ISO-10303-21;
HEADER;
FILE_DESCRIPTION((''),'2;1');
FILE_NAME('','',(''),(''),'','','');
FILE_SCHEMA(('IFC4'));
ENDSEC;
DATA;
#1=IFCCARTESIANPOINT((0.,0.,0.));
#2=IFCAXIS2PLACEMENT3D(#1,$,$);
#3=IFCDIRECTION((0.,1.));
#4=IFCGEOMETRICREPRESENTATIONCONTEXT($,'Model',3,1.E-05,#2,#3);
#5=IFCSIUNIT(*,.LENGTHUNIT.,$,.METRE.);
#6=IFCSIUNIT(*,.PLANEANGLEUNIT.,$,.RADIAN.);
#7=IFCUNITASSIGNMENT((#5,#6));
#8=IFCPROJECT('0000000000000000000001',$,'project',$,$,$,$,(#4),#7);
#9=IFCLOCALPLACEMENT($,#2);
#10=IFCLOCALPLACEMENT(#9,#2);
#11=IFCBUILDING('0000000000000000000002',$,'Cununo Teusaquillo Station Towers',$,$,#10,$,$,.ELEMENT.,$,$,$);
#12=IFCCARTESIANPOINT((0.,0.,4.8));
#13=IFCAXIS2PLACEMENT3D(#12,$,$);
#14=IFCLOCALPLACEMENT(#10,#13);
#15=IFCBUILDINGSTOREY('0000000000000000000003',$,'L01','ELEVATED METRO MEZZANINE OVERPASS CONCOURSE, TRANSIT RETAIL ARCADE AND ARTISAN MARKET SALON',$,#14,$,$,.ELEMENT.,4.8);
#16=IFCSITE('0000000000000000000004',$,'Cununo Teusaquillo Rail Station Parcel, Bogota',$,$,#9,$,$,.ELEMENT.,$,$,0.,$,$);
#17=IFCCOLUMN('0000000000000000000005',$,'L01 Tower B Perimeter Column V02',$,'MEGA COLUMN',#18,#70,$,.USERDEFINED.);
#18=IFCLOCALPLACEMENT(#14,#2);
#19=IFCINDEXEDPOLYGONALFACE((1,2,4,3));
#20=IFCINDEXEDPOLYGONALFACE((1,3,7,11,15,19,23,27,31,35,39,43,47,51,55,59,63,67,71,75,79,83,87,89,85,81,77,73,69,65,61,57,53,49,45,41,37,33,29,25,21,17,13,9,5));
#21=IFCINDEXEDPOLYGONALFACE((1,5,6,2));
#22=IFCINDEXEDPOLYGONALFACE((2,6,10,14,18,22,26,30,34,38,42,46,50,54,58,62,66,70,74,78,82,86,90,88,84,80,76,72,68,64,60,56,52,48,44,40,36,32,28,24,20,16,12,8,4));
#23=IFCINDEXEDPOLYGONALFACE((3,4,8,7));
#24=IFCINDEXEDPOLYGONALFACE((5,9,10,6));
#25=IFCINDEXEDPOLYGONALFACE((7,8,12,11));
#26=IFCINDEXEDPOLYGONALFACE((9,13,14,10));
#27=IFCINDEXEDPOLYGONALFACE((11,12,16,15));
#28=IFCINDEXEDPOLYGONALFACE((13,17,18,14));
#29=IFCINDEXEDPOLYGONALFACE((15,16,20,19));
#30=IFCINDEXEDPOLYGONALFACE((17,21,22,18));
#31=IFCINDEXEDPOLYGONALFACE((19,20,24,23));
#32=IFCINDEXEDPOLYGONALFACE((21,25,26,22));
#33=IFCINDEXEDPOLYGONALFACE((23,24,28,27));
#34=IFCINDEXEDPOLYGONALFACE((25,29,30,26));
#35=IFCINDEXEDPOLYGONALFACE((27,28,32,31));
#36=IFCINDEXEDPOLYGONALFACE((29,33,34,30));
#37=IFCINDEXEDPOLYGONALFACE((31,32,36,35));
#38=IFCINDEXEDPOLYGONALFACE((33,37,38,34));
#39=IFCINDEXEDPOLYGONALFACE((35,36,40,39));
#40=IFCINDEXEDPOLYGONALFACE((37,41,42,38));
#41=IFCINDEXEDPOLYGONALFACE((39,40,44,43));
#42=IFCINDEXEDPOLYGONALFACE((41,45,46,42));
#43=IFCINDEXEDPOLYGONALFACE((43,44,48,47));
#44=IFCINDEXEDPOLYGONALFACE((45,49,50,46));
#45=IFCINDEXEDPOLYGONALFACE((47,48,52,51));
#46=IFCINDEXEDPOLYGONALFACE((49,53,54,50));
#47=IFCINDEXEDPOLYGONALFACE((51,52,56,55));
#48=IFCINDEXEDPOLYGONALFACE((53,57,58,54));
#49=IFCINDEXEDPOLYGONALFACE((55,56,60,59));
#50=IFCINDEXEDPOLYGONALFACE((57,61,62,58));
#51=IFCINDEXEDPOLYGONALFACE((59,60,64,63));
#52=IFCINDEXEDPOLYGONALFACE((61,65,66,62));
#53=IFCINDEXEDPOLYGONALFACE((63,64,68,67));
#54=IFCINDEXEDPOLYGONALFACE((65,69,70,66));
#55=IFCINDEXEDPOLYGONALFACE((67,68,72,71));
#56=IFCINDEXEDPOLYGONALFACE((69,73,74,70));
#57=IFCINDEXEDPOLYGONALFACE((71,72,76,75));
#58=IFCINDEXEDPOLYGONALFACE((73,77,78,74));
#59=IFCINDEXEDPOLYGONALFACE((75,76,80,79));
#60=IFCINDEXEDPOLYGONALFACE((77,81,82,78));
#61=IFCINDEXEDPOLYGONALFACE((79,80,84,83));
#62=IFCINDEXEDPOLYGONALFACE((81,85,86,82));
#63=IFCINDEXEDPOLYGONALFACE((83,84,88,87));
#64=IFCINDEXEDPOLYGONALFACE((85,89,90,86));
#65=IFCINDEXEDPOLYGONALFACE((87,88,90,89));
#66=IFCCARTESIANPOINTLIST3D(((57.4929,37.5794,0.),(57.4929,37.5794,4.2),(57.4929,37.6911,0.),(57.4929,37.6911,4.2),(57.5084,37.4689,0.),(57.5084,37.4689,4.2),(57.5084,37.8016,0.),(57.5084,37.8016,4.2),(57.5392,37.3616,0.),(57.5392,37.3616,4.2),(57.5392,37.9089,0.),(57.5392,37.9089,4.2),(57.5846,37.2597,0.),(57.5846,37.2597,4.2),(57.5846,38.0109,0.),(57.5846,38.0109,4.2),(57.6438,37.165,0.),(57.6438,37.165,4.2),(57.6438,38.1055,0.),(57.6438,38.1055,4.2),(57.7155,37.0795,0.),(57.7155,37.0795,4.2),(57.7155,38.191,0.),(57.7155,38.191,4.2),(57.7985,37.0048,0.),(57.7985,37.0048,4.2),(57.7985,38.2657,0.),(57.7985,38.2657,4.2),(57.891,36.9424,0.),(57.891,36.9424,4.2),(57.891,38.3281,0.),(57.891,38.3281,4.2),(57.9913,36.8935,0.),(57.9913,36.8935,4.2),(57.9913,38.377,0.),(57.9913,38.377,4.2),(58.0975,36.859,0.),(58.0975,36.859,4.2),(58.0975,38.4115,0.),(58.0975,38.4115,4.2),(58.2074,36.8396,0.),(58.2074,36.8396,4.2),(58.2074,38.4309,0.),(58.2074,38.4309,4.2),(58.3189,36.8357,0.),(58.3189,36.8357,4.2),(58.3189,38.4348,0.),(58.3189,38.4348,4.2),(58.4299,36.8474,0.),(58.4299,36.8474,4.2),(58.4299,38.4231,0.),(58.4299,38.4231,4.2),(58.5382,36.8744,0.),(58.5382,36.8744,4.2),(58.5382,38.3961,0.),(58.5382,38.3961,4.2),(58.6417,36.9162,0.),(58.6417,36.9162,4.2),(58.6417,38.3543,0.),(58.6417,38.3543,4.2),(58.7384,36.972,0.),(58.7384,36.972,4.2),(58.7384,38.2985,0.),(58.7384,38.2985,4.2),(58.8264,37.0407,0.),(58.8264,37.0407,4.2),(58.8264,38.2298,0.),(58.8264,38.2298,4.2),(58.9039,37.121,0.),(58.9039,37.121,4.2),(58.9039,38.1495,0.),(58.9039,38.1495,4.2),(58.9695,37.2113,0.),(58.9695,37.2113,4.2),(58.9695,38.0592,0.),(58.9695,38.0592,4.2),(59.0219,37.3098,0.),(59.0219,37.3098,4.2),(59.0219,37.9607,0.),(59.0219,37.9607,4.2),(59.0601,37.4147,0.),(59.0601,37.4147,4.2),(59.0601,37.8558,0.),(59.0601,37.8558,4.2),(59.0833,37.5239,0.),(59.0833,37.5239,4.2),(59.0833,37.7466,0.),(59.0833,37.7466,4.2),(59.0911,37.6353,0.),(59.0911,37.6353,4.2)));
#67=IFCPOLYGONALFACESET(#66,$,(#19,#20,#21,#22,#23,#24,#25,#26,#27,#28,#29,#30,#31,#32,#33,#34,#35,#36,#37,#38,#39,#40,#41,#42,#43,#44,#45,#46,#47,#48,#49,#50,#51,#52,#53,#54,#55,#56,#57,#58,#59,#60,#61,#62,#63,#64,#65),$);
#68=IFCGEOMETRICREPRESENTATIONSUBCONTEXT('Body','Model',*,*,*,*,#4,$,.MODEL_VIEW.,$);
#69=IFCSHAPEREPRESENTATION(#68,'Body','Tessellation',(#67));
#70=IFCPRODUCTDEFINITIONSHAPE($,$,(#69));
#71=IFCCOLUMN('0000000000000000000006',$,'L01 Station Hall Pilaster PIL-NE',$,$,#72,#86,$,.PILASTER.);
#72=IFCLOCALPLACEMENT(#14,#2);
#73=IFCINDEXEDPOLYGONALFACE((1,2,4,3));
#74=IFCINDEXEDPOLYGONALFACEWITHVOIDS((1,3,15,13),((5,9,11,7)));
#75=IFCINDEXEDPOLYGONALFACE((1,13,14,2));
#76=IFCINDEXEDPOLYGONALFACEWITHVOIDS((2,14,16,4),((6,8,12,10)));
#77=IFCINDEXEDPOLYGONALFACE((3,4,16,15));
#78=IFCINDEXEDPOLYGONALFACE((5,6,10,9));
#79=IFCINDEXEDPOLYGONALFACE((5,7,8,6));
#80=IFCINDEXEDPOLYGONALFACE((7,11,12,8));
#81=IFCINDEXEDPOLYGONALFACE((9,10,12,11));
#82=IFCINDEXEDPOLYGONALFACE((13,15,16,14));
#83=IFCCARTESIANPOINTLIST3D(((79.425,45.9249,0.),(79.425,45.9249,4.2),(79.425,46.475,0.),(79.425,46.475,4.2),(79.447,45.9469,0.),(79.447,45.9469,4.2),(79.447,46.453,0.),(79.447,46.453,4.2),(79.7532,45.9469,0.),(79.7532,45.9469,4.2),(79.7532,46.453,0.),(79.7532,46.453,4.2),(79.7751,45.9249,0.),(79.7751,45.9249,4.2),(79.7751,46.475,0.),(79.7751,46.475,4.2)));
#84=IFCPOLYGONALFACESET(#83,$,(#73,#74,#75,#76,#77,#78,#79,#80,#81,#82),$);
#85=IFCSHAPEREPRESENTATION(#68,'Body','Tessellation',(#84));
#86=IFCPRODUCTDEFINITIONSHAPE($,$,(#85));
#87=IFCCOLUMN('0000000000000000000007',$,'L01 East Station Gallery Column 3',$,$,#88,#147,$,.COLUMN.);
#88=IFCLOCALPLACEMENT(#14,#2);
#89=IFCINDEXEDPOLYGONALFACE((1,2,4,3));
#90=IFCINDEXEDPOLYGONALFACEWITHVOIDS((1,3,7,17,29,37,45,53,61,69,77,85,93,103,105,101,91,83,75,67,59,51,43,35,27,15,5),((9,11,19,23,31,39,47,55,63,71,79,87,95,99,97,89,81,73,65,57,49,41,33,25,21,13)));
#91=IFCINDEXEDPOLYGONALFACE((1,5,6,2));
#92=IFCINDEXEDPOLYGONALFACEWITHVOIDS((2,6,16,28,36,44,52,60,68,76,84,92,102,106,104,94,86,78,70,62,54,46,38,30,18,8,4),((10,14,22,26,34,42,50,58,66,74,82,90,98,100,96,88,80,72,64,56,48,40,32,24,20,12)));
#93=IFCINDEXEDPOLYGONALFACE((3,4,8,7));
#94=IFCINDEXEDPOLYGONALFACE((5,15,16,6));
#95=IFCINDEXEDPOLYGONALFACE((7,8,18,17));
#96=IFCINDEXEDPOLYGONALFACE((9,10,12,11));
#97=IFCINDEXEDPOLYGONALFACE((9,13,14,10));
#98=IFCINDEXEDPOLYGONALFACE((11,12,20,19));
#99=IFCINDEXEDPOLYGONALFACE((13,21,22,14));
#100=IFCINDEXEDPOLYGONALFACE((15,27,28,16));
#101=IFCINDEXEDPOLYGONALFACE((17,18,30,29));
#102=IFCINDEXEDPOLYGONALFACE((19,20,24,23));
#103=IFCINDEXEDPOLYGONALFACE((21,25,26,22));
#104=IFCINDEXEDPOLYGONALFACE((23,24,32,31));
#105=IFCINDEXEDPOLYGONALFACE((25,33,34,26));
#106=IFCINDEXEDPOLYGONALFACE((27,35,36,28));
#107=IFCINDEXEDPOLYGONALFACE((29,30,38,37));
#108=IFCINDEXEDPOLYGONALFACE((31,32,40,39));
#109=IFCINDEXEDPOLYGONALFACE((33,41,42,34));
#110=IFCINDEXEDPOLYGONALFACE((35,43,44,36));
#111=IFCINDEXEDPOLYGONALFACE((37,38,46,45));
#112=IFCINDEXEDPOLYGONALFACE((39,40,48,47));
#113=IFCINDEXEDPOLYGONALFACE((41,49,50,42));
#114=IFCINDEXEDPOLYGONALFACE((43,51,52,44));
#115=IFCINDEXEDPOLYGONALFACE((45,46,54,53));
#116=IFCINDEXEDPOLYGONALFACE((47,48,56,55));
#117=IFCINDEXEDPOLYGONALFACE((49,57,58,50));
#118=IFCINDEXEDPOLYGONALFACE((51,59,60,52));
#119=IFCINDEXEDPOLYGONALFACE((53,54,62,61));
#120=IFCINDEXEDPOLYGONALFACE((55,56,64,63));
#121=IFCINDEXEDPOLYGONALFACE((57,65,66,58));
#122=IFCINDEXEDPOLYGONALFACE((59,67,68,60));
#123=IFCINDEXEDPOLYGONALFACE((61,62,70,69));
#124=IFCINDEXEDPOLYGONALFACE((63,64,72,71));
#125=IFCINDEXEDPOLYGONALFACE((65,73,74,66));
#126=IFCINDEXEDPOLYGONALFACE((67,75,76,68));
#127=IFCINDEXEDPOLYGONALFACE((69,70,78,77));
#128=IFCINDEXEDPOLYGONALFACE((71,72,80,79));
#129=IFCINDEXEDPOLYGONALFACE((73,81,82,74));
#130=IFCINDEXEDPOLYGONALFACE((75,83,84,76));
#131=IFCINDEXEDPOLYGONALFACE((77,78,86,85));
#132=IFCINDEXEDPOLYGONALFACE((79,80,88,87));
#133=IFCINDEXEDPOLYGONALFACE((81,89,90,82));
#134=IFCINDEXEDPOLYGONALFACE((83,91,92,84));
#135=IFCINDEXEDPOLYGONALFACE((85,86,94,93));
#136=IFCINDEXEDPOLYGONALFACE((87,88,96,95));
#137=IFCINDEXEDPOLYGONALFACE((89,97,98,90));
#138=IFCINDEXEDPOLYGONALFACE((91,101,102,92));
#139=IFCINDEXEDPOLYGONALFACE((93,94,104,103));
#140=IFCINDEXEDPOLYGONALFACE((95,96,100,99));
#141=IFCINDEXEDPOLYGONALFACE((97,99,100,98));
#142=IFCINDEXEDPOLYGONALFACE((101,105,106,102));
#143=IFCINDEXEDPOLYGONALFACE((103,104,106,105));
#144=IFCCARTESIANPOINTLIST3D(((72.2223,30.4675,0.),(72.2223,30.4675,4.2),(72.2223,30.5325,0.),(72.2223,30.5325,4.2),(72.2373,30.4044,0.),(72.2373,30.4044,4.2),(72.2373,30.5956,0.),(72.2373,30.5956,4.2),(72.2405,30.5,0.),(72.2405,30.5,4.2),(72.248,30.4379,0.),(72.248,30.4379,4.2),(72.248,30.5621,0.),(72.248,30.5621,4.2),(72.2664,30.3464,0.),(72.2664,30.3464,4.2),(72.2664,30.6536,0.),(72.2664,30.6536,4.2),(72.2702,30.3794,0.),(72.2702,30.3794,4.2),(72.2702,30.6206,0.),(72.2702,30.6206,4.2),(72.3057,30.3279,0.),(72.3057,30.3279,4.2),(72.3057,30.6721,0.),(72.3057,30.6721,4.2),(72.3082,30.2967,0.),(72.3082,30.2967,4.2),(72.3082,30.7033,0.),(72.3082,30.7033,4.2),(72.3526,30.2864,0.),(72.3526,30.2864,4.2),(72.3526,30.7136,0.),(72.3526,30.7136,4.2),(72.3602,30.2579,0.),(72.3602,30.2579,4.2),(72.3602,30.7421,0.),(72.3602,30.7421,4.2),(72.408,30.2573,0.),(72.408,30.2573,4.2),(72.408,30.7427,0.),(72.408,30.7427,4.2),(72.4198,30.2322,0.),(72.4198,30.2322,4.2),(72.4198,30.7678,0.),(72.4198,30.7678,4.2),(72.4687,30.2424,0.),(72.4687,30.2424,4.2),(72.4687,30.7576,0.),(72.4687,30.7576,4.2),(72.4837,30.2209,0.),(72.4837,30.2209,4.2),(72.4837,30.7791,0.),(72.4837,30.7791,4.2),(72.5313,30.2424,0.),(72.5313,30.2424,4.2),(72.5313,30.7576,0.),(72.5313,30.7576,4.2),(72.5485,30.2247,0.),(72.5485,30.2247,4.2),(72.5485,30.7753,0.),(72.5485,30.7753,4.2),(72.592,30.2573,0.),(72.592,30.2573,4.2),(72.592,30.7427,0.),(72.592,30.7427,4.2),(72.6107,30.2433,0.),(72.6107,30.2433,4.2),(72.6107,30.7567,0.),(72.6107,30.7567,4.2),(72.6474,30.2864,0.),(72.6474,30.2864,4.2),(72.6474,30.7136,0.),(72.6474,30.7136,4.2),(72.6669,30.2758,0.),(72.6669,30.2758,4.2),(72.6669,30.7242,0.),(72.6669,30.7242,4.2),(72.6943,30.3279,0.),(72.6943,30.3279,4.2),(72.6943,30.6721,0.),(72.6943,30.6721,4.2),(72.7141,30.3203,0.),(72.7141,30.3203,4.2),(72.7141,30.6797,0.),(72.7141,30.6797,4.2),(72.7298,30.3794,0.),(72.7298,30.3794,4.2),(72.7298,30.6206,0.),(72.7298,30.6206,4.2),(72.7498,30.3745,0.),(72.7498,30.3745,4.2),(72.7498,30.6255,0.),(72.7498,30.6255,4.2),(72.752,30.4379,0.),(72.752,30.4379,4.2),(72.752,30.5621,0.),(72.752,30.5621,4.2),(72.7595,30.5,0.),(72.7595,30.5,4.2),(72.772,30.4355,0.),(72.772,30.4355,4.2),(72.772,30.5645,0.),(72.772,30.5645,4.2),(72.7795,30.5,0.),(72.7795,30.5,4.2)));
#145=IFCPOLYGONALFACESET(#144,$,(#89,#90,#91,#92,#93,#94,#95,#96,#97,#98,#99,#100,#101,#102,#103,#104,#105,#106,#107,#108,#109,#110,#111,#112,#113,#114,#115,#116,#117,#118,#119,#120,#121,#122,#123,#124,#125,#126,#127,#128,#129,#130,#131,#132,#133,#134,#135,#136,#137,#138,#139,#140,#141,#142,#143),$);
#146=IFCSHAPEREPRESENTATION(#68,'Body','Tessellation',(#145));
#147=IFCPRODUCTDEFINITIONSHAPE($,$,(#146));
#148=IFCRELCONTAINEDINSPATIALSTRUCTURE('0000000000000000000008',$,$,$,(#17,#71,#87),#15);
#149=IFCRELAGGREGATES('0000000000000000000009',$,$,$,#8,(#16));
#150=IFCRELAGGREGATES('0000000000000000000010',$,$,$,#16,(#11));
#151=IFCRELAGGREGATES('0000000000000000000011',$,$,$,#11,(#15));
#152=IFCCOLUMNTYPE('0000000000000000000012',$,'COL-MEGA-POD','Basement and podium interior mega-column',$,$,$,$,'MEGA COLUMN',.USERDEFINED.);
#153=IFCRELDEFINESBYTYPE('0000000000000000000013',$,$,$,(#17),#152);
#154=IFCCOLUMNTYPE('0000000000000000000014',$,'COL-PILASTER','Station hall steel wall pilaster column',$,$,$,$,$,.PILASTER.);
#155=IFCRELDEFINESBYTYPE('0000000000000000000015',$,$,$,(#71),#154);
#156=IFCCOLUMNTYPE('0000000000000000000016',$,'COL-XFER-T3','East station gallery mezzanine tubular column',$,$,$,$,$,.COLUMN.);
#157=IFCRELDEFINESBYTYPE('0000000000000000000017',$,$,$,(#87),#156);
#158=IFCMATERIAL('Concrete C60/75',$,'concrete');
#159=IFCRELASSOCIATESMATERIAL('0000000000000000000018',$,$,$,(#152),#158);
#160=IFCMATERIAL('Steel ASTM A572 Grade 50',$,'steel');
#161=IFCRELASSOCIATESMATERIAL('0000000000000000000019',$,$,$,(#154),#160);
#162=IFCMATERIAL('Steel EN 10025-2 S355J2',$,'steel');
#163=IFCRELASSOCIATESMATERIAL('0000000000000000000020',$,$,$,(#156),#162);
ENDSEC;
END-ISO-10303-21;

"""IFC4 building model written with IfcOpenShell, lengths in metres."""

from ifc_helpers import new_model, si_unit, direction, frame, origin, origin_2d, place, context, subcontext, project, spatial, hollow_rectangle, circle, hollow_circle, extrude, material, material_profile, profile_set, type_object, element, save


model = new_model("IFC4")

# Units and contexts
model_context = context("Model", 3, precision=1e-05, world=origin(), true_north=direction((0.0, 1.0)))
body_context = subcontext(model_context, "Body", "Model", "MODEL_VIEW")
ifc_project = project(units=[si_unit("LENGTHUNIT", "METRE"), si_unit("PLANEANGLEUNIT", "RADIAN")], contexts=[model_context])

# Site, building, storey
site_placement = place(None, origin())
site = spatial("IfcSite", under=ifc_project, at=site_placement, Name="Cununo Teusaquillo Rail Station Parcel, Bogota", CompositionType="ELEMENT", RefElevation=0.0)
building_placement = place(site_placement, origin())
building = spatial("IfcBuilding", under=site, at=building_placement, Name="Cununo Teusaquillo Station Towers", CompositionType="ELEMENT")
storey_placement = place(building_placement, frame((0.0, 0.0, 4.8)))
storey = spatial("IfcBuildingStorey", under=building, at=storey_placement, Name="L01", Description="ELEVATED METRO MEZZANINE OVERPASS CONCOURSE, TRANSIT RETAIL ARCADE AND ARTISAN MARKET SALON", CompositionType="ELEMENT", Elevation=4.8)

# Columns
ifc_material_1 = material(Name="Concrete C60/75", Category="concrete")
ifc_material_profile_1 = material_profile(ifc_material_1, circle(Radius=0.8, at=origin_2d()), Name="RC-CIRC-1600")
ifc_profile_set_1 = profile_set([ifc_material_profile_1], Name="Concrete C60/75")
column_type_1 = type_object("IfcColumnType", Name="COL-MEGA-POD", Description="Basement and podium interior mega-column", ElementType="MEGA COLUMN", PredefinedType="USERDEFINED", material=ifc_profile_set_1)
column_1_placement = place(storey_placement, frame((58.291, 37.6353, 0.0), z_axis=(0.0, 0.0, 1.0), x_axis=(1.0, 0.0, 0.0)))
element("IfcColumn", 1, at=column_1_placement, inside=storey, type_object=column_type_1, Name="L01 Tower B Perimeter Column V02", ObjectType="MEGA COLUMN", PredefinedType="USERDEFINED", context=body_context, shape_type="SweptSolid", body=[
    extrude(circle(Radius=0.8, at=origin_2d()), origin(), (0.0, 0.0, 1.0), 4.2),
])
ifc_material_2 = material(Name="Steel ASTM A572 Grade 50", Category="steel")
ifc_material_profile_2 = material_profile(ifc_material_2, hollow_rectangle(XDim=0.3501, YDim=0.55, WallThickness=0.022, at=origin_2d()), Name="RHS 550x350x22")
ifc_profile_set_2 = profile_set([ifc_material_profile_2], Name="Steel ASTM A572 Grade 50")
column_type_2 = type_object("IfcColumnType", Name="COL-PILASTER", Description="Station hall steel wall pilaster column", PredefinedType="PILASTER", material=ifc_profile_set_2)
column_2_placement = place(storey_placement, frame((79.6001, 46.2, 0.0), z_axis=(0.0, 0.0, 1.0), x_axis=(1.0, 0.0, 0.0)))
element("IfcColumn", 2, at=column_2_placement, inside=storey, type_object=column_type_2, Name="L01 Station Hall Pilaster PIL-NE", PredefinedType="PILASTER", context=body_context, shape_type="SweptSolid", body=[
    extrude(hollow_rectangle(XDim=0.3501, YDim=0.55, WallThickness=0.022, at=origin_2d()), origin(), (0.0, 0.0, 1.0), 4.2),
])
ifc_material_3 = material(Name="Steel EN 10025-2 S355J2", Category="steel")
ifc_material_profile_3 = material_profile(ifc_material_3, hollow_circle(Radius=0.2795, WallThickness=0.02, at=origin_2d()), Name="CHS 559x20")
ifc_profile_set_3 = profile_set([ifc_material_profile_3], Name="Steel EN 10025-2 S355J2")
column_type_3 = type_object("IfcColumnType", Name="COL-XFER-T3", Description="East station gallery mezzanine tubular column", PredefinedType="COLUMN", material=ifc_profile_set_3)
for number, where, z_axis, x_axis, name in (
    (3, (72.5, 30.5, 0.0), (0.0, 0.0, 1.0), (1.0, 0.0, 0.0), "L01 East Station Gallery Column 3"),
):
    element("IfcColumn", number, at=place(storey_placement, frame(where, z_axis=z_axis, x_axis=x_axis)), inside=storey, type_object=column_type_3, Name=name, PredefinedType="COLUMN", context=body_context, shape_type="SweptSolid", body=[
        extrude(hollow_circle(Radius=0.2795, WallThickness=0.02, at=origin_2d()), origin(), (0.0, 0.0, 1.0), 4.2),
    ])

save(model, "model.ifc")
